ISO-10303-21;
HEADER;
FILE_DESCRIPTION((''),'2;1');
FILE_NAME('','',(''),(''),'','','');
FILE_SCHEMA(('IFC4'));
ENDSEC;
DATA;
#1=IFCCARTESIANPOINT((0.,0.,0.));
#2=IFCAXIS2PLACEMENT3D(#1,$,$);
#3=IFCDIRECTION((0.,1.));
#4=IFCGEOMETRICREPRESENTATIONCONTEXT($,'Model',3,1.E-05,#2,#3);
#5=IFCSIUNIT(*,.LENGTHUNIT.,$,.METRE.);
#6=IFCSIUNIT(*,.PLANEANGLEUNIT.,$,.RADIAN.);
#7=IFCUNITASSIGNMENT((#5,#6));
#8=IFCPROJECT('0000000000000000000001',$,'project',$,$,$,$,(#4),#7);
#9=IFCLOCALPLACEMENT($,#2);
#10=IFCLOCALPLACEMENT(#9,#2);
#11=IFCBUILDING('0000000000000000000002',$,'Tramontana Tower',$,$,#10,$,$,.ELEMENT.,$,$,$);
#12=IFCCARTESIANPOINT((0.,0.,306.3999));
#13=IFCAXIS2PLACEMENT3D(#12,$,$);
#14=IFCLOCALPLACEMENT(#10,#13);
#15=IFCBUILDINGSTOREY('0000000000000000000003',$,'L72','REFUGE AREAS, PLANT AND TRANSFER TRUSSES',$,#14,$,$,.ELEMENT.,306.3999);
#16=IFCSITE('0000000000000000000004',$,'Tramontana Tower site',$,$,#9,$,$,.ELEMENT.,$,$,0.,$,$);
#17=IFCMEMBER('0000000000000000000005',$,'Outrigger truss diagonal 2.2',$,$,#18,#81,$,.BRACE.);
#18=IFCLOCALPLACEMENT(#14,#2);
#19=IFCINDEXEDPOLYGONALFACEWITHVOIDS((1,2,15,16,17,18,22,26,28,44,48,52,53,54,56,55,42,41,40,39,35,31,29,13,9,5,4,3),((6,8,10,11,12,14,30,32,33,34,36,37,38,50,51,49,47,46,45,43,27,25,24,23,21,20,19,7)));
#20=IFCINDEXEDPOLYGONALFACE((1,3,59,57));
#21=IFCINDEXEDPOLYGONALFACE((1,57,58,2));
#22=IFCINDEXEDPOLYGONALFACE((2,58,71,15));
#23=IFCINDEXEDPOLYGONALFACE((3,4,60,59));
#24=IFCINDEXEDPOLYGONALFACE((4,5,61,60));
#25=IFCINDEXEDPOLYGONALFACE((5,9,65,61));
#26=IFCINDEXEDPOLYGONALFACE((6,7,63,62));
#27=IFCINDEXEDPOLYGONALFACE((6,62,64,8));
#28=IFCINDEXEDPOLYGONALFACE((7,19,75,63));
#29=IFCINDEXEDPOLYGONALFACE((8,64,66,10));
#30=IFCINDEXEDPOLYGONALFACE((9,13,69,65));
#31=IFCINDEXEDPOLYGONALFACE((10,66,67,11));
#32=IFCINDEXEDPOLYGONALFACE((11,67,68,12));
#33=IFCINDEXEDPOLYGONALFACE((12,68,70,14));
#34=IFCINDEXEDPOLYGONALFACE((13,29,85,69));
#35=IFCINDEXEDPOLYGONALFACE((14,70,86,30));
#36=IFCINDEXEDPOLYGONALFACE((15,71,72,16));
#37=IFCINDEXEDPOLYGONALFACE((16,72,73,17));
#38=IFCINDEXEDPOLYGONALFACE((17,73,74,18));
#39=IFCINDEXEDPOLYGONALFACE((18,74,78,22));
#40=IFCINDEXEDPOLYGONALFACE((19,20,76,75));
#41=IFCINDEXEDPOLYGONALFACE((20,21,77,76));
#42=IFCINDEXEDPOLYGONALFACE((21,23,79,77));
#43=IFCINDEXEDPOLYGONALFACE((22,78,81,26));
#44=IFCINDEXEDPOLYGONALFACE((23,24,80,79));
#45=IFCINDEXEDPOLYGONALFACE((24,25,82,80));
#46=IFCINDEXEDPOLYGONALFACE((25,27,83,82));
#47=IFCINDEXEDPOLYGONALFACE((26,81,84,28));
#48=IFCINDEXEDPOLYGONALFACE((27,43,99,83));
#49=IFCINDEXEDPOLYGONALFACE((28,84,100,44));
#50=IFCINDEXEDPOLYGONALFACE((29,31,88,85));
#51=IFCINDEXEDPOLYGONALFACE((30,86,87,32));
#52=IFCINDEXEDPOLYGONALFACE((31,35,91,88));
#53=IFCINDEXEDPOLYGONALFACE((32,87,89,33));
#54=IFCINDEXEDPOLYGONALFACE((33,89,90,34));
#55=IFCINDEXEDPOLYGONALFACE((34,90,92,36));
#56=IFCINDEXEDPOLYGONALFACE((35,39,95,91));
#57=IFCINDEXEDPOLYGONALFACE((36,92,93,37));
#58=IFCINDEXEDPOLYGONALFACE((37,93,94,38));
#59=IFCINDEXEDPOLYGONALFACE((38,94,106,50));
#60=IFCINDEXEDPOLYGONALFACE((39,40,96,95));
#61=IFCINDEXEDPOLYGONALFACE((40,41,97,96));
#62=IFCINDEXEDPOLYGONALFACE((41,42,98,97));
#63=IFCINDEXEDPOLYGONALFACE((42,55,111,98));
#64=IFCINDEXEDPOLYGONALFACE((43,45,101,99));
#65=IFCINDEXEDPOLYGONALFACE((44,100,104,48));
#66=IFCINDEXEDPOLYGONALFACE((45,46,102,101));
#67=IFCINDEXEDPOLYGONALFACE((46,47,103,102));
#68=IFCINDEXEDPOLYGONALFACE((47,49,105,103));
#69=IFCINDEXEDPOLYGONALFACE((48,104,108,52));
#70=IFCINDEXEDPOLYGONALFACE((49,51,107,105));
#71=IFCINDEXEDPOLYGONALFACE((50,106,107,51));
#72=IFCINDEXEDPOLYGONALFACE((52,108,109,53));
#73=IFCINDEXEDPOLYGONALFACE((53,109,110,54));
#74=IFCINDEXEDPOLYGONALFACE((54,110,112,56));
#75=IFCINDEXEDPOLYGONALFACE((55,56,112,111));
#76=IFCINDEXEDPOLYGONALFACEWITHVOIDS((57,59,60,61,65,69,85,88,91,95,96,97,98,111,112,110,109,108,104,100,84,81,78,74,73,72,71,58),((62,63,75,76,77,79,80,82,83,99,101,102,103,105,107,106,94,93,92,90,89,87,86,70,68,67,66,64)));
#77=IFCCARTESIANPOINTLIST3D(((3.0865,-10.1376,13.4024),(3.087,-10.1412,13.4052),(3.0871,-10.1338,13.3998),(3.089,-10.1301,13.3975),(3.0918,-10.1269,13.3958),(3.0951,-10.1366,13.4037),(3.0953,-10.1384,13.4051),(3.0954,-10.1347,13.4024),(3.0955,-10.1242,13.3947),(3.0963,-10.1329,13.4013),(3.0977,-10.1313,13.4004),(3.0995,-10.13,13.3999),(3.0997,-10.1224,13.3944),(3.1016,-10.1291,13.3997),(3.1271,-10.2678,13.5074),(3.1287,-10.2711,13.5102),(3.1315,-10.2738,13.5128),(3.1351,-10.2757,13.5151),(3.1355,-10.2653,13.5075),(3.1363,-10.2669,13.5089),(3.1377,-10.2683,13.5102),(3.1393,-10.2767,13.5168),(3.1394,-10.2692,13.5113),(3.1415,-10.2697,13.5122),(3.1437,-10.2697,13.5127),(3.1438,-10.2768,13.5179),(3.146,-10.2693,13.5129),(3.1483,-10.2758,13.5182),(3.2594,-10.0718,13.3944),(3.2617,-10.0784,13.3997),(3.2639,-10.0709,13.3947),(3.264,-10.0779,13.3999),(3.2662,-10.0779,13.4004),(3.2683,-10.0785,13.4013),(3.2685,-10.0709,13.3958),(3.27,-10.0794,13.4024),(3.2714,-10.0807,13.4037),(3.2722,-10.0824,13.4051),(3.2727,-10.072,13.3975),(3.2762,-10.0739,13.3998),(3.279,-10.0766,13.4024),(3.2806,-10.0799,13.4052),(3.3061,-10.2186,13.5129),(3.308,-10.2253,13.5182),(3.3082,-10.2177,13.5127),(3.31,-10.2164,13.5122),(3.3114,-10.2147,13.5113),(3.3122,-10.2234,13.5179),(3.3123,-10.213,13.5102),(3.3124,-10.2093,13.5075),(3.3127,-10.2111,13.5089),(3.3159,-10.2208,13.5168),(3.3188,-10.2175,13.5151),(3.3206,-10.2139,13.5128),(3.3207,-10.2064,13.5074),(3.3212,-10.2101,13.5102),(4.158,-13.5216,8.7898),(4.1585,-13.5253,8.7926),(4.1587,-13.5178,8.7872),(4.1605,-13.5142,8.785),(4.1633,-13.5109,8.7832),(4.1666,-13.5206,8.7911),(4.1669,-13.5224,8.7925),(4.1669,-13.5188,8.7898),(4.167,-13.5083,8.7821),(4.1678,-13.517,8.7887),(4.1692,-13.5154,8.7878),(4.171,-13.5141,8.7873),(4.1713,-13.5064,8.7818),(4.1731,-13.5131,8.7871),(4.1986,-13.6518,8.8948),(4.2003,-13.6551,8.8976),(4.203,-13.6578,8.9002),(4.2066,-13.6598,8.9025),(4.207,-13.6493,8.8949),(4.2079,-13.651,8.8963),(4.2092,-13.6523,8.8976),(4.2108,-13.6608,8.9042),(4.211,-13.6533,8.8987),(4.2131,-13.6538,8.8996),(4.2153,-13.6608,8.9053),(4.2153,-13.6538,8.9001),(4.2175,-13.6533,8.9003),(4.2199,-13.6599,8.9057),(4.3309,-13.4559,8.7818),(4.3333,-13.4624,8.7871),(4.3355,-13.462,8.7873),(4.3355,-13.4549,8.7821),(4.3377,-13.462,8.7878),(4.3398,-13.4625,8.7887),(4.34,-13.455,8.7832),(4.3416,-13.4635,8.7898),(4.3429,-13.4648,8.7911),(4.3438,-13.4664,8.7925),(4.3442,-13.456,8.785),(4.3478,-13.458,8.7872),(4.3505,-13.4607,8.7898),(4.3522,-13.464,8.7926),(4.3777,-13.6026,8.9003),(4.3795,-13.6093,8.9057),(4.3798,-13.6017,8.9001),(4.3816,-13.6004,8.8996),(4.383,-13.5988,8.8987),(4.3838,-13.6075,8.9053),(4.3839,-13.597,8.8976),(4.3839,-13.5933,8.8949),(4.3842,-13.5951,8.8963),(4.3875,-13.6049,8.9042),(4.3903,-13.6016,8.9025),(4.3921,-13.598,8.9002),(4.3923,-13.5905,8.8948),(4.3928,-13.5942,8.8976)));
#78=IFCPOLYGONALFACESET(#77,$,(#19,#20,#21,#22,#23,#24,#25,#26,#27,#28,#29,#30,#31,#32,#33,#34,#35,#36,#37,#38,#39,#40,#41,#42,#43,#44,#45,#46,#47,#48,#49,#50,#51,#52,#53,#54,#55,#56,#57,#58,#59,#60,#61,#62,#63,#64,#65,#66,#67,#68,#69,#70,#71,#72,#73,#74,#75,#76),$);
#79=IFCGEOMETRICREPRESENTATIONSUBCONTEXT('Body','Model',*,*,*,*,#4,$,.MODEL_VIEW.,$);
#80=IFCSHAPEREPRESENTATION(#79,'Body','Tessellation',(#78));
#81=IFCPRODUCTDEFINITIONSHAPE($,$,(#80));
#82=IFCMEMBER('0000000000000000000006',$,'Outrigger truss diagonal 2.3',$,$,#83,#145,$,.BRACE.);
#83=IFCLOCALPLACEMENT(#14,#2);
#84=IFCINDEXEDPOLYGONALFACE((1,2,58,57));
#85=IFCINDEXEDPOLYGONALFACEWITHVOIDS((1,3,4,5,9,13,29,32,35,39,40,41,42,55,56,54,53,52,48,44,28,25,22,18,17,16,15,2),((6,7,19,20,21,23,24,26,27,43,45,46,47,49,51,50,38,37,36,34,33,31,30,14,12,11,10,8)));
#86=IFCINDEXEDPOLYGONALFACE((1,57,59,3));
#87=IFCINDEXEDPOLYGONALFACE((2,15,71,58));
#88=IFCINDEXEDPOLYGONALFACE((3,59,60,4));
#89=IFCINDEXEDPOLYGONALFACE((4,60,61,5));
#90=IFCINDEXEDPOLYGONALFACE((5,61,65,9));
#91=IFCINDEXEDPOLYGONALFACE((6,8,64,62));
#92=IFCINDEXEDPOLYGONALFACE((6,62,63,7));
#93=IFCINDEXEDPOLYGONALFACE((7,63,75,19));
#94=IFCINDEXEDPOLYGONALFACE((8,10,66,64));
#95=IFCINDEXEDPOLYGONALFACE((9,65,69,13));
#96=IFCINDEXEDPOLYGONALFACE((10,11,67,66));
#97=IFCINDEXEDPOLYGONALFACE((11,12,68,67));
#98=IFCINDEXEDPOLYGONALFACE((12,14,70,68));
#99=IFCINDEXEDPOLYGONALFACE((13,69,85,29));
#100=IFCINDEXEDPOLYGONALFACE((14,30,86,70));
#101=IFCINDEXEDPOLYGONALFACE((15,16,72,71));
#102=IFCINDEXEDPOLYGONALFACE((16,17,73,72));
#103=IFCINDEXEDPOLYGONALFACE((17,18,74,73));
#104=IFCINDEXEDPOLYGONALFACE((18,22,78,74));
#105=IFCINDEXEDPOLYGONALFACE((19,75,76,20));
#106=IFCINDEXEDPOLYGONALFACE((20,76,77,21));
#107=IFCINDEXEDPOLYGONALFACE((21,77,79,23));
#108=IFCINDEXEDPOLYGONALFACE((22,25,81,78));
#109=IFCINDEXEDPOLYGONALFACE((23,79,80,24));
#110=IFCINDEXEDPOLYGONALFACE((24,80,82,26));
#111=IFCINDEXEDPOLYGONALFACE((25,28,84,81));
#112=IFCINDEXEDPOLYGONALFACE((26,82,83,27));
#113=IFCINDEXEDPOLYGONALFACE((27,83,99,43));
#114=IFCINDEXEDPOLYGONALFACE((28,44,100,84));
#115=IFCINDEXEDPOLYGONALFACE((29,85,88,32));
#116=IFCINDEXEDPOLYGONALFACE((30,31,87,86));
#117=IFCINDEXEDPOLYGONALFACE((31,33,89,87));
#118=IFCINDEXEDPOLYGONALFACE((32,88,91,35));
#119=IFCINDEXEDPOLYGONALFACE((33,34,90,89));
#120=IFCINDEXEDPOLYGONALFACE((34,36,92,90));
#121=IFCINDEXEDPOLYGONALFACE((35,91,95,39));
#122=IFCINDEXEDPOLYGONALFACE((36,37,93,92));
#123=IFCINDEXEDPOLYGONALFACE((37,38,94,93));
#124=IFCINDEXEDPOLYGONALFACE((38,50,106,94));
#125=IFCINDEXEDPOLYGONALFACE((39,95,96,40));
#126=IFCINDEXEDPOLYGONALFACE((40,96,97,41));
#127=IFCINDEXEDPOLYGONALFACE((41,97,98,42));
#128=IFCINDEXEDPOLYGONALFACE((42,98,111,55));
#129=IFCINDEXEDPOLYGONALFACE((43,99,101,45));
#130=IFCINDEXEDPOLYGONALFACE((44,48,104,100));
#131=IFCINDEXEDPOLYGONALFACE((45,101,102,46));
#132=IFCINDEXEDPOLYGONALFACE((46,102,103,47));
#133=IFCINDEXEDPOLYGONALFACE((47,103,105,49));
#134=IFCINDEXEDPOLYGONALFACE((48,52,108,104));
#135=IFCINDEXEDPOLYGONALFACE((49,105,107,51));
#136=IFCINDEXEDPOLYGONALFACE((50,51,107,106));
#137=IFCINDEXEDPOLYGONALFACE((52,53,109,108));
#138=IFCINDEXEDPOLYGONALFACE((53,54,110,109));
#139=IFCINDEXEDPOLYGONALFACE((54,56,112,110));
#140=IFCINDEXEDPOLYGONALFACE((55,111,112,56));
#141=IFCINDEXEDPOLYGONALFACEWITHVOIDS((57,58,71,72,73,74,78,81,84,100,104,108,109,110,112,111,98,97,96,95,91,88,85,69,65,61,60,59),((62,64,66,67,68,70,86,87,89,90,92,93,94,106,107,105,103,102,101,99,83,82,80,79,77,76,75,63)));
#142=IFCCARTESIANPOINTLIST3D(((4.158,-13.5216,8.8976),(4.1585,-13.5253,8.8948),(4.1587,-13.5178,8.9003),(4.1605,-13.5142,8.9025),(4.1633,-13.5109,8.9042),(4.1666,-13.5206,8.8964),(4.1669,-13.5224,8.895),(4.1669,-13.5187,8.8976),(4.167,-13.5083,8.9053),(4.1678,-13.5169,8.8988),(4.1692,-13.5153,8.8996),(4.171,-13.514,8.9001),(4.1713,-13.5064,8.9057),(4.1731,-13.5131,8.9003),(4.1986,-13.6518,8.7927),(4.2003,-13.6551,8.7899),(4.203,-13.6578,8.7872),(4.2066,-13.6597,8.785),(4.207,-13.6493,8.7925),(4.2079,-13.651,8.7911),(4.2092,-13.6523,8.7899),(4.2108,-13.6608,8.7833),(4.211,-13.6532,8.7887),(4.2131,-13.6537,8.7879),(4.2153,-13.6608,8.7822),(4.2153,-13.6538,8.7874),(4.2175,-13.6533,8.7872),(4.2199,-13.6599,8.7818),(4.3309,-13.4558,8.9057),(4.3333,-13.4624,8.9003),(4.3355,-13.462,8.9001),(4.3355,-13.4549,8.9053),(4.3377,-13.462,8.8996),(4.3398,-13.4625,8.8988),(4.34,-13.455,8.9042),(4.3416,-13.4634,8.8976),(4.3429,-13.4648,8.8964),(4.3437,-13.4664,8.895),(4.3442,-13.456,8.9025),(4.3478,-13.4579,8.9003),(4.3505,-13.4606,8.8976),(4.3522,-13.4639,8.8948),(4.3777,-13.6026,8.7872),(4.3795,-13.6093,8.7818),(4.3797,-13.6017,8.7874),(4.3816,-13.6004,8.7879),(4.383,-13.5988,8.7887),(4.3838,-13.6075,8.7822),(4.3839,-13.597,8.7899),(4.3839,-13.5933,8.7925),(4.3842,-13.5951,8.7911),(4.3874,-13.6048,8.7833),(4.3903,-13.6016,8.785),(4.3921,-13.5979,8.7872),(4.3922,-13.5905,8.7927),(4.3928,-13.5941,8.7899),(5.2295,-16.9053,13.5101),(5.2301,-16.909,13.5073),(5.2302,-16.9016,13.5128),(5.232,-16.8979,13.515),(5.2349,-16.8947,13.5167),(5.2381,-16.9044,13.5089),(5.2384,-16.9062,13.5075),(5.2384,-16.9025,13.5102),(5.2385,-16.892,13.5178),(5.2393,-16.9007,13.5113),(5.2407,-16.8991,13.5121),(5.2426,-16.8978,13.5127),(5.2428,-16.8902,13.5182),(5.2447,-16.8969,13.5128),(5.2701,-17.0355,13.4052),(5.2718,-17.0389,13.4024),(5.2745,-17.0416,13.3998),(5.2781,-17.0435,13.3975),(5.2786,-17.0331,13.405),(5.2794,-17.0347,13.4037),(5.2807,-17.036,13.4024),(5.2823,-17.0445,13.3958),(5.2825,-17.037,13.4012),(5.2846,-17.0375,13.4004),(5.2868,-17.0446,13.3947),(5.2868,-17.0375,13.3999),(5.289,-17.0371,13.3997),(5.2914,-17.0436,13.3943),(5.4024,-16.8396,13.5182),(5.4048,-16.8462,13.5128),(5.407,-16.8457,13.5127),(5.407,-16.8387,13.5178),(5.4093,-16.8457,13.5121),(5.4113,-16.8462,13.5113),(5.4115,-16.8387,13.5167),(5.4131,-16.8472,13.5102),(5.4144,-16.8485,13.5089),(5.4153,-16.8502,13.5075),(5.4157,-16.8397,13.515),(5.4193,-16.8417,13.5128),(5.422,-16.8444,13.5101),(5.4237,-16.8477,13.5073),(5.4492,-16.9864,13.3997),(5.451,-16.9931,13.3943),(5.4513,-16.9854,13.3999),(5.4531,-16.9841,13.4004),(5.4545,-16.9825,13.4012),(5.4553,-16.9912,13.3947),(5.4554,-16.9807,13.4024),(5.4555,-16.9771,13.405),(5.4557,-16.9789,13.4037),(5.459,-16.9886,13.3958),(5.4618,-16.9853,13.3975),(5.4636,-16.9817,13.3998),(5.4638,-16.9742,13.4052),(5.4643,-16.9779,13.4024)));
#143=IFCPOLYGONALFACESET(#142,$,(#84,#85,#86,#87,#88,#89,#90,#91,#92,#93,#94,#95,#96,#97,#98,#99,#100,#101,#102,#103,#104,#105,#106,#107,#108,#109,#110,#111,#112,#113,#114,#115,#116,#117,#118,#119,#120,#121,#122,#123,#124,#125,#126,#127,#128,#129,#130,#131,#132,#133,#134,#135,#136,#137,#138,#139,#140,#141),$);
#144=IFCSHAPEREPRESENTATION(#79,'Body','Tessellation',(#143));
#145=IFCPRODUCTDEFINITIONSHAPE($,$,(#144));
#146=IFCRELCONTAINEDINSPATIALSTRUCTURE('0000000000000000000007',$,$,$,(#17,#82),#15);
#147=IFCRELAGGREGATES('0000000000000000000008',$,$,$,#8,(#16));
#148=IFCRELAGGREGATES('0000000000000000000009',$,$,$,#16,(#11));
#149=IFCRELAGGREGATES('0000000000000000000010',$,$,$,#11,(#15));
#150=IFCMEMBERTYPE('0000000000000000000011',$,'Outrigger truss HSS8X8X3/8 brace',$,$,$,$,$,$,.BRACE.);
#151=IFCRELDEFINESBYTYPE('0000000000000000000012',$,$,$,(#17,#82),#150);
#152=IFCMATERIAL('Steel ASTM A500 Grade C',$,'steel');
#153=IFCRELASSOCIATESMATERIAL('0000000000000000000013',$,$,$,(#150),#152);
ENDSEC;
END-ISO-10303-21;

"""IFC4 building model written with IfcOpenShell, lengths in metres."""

from ifc_helpers import new_model, si_unit, direction, frame, origin, origin_2d, place, context, subcontext, project, spatial, hollow_rectangle, extrude, material, material_profile, profile_set, type_object, element, save


model = new_model("IFC4")

# Units and contexts
model_context = context("Model", 3, precision=1e-05, world=origin(), true_north=direction((0.0, 1.0)))
body_context = subcontext(model_context, "Body", "Model", "MODEL_VIEW")
ifc_project = project(units=[si_unit("LENGTHUNIT", "METRE"), si_unit("PLANEANGLEUNIT", "RADIAN")], contexts=[model_context])

# Site, building, storey
site_placement = place(None, origin())
site = spatial("IfcSite", under=ifc_project, at=site_placement, Name="Tramontana Tower site", CompositionType="ELEMENT", RefElevation=0.0)
building_placement = place(site_placement, origin())
building = spatial("IfcBuilding", under=site, at=building_placement, Name="Tramontana Tower", CompositionType="ELEMENT")
storey_placement = place(building_placement, frame((0.0, 0.0, 306.3999)))
storey = spatial("IfcBuildingStorey", under=building, at=storey_placement, Name="L72", Description="REFUGE AREAS, PLANT AND TRANSFER TRUSSES", CompositionType="ELEMENT", Elevation=306.3999)

# Members
ifc_material_1 = material(Name="Steel ASTM A500 Grade C", Category="steel")
ifc_material_profile_1 = material_profile(ifc_material_1, hollow_rectangle(XDim=0.2031, YDim=0.2031, WallThickness=0.0088, InnerFilletRadius=0.0088, OuterFilletRadius=0.0178, at=origin_2d()), Name="HSS8X8X3/8")
ifc_profile_set_1 = profile_set([ifc_material_profile_1], Name="Steel ASTM A500 Grade C")
member_type_1 = type_object("IfcMemberType", Name="Outrigger truss HSS8X8X3/8 brace", PredefinedType="BRACE", material=ifc_profile_set_1)
member_1_placement = place(storey_placement, frame((3.2039, -10.1738, 13.4563), z_axis=(0.184104, -0.581423, -0.792498), x_axis=(0.953348, 0.301872, 0.0)))
element("IfcMember", 1, at=member_1_placement, inside=storey, type_object=member_type_1, Name="Outrigger truss diagonal 2.2", PredefinedType="BRACE", context=body_context, shape_type="SweptSolid", body=[
    extrude(hollow_rectangle(XDim=0.2031, YDim=0.2031, WallThickness=0.0088, InnerFilletRadius=0.0088, OuterFilletRadius=0.0178, at=origin_2d()), origin(), (0.0, 0.0, 1.0), 5.8203),
])
member_2_placement = place(storey_placement, frame((4.2754, -13.5579, 8.8438), z_axis=(0.184108, -0.581395, 0.792518), x_axis=(0.953342, 0.301892, 0.0)))
element("IfcMember", 2, at=member_2_placement, inside=storey, type_object=member_type_1, Name="Outrigger truss diagonal 2.3", PredefinedType="BRACE", context=body_context, shape_type="SweptSolid", body=[
    extrude(hollow_rectangle(XDim=0.2031, YDim=0.2031, WallThickness=0.0088, InnerFilletRadius=0.0088, OuterFilletRadius=0.0178, at=origin_2d()), origin(), (0.0, 0.0, 1.0), 5.8201),
])

save(model, "model.ifc")
